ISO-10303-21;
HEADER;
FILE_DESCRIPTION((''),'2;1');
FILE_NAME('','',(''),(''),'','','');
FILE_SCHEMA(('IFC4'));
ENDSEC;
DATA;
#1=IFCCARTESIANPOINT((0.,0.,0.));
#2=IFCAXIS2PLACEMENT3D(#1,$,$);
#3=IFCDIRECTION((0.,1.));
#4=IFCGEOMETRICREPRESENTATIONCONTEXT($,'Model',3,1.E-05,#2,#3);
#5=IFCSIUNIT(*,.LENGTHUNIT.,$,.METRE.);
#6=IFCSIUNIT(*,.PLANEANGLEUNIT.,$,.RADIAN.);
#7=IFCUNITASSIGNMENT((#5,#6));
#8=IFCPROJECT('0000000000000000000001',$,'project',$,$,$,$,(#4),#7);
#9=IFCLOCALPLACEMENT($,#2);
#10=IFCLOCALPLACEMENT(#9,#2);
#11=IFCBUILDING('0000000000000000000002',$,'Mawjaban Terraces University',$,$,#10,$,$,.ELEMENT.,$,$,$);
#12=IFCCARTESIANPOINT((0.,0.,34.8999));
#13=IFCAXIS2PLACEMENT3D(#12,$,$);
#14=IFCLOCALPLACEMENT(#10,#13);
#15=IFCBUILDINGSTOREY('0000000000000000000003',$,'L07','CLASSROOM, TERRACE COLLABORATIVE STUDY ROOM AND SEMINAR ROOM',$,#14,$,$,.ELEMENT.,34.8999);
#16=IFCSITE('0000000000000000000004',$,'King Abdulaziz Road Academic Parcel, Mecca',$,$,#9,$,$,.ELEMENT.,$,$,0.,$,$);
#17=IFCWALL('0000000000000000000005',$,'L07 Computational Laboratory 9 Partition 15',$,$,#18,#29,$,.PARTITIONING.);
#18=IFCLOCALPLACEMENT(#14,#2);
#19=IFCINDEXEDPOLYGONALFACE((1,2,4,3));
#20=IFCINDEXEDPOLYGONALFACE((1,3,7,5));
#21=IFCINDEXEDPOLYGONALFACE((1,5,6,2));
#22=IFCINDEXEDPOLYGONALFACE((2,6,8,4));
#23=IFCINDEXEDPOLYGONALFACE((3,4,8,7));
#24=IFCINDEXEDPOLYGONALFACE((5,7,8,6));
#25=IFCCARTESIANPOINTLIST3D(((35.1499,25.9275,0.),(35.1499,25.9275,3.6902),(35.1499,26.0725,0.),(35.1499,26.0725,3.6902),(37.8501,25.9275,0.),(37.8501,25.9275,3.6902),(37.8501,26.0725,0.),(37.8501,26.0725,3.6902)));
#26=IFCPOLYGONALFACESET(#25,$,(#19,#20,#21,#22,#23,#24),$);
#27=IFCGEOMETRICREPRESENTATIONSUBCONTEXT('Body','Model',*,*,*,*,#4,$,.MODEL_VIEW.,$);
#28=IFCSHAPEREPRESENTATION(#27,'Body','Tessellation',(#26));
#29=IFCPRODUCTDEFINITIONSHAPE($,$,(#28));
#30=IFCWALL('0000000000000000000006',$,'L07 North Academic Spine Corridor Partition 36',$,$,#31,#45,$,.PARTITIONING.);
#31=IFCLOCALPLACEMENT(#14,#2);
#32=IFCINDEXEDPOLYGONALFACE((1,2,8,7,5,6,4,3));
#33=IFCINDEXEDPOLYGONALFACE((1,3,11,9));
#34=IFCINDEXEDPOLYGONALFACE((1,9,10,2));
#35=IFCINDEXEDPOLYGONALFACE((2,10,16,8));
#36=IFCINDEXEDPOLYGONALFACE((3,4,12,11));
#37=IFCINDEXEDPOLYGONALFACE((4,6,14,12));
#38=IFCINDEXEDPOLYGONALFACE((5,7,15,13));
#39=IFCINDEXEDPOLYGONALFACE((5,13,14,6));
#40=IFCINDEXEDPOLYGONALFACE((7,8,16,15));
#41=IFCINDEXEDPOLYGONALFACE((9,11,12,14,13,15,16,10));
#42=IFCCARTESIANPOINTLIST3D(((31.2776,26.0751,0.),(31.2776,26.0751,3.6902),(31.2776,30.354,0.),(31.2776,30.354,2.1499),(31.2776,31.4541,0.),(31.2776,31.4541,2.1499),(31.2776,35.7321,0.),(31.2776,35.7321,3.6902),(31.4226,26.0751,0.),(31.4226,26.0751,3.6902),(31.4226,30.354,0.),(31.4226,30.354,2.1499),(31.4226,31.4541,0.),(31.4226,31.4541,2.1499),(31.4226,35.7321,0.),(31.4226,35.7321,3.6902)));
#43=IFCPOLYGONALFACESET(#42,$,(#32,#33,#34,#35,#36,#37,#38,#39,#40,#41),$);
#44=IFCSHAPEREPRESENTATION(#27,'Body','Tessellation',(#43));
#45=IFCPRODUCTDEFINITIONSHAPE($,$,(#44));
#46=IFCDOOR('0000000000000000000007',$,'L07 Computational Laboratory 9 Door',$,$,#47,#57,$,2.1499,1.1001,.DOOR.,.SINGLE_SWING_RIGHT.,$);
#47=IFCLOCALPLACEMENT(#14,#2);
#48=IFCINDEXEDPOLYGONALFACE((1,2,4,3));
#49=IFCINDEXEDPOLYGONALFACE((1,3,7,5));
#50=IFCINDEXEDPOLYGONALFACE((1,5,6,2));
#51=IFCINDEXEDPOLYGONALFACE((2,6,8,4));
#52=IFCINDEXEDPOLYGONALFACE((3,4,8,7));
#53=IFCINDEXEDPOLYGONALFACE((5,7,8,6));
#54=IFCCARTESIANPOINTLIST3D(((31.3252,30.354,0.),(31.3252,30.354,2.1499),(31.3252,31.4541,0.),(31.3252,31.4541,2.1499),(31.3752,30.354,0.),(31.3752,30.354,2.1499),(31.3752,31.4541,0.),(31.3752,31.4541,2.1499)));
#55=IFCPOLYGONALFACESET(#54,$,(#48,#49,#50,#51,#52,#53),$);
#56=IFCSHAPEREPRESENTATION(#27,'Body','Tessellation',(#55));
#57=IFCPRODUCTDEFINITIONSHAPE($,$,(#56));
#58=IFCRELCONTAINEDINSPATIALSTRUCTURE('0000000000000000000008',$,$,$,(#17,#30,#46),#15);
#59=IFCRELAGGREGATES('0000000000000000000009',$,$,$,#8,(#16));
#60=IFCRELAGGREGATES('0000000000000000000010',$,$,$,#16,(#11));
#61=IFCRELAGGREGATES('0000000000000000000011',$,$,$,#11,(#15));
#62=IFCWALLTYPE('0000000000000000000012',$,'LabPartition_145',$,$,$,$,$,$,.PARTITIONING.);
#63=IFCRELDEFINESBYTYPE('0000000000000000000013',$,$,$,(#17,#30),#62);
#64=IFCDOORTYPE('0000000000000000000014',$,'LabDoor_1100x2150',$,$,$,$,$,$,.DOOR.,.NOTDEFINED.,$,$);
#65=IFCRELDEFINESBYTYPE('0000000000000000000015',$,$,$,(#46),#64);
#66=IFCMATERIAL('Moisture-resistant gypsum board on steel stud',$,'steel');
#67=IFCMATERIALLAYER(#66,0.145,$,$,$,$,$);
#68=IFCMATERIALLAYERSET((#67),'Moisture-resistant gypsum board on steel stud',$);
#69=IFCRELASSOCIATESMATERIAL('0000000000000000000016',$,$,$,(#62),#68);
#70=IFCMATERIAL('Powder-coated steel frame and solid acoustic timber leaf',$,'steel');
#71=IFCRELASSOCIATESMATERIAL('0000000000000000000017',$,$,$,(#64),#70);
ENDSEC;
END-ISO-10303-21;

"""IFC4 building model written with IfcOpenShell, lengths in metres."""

from ifc_helpers import new_model, si_unit, direction, frame, frame_2d, origin, place, context, subcontext, project, spatial, rectangle, extrude, material, layer, layer_set, type_object, element, fill, save


model = new_model("IFC4")

# Units and contexts
model_context = context("Model", 3, precision=1e-05, world=origin(), true_north=direction((0.0, 1.0)))
body_context = subcontext(model_context, "Body", "Model", "MODEL_VIEW")
ifc_project = project(units=[si_unit("LENGTHUNIT", "METRE"), si_unit("PLANEANGLEUNIT", "RADIAN")], contexts=[model_context])

# Site, building, storey
site_placement = place(None, origin())
site = spatial("IfcSite", under=ifc_project, at=site_placement, Name="King Abdulaziz Road Academic Parcel, Mecca", CompositionType="ELEMENT", RefElevation=0.0)
building_placement = place(site_placement, origin())
building = spatial("IfcBuilding", under=site, at=building_placement, Name="Mawjaban Terraces University", CompositionType="ELEMENT")
storey_placement = place(building_placement, frame((0.0, 0.0, 34.8999)))
storey = spatial("IfcBuildingStorey", under=building, at=storey_placement, Name="L07", Description="CLASSROOM, TERRACE COLLABORATIVE STUDY ROOM AND SEMINAR ROOM", CompositionType="ELEMENT", Elevation=34.8999)

# Shared definitions
ifc_material_1 = material(Name="Powder-coated steel frame and solid acoustic timber leaf", Category="steel")

# Wall
ifc_material_2 = material(Name="Moisture-resistant gypsum board on steel stud", Category="steel")
ifc_layer_1 = layer(ifc_material_2, 0.145)
ifc_layer_set_1 = layer_set([ifc_layer_1], Name="Moisture-resistant gypsum board on steel stud")
wall_type_1 = type_object("IfcWallType", Name="LabPartition_145", PredefinedType="PARTITIONING", material=ifc_layer_set_1)
wall_1_placement = place(storey_placement, frame((35.1499, 26.0, 0.0), z_axis=(0.0, 0.0, 1.0), x_axis=(1.0, 0.0, 0.0)))
element("IfcWall", 1, at=wall_1_placement, inside=storey, type_object=wall_type_1, Name="L07 Computational Laboratory 9 Partition 15", PredefinedType="PARTITIONING", context=body_context, shape_type="SweptSolid", body=[
    extrude(rectangle(XDim=2.7002, YDim=0.145, at=frame_2d((1.3501, 0.0))), origin(), (0.0, 0.0, 1.0), 3.6902),
])

# Wall, opening, door
wall_2_placement = place(storey_placement, frame((31.3501, 26.075, 0.0), z_axis=(0.0, 0.0, 1.0), x_axis=(0.0, 1.0, 0.0)))
wall_2 = element("IfcWall", 2, at=wall_2_placement, inside=storey, type_object=wall_type_1, Name="L07 North Academic Spine Corridor Partition 36", PredefinedType="PARTITIONING", context=body_context, shape_type="SweptSolid", body=[
    extrude(rectangle(XDim=9.657, YDim=0.145, at=frame_2d((4.8286, 0.0))), origin(), (0.0, 0.0, 1.0), 3.6902),
])
opening_1_placement = place(wall_2_placement, frame((4.2791, 0.0, 0.0)))
opening_1 = element("IfcOpeningElement", 3, at=opening_1_placement, cuts=wall_2, PredefinedType="OPENING", context=body_context, shape_type="SweptSolid", body=[
    extrude(rectangle(XDim=1.1001, YDim=2.1499, at=frame_2d((0.55, 1.075))), frame((0.0, 0.0825, 0.0), z_axis=(0.0, -1.0, 0.0), x_axis=(1.0, 0.0, 0.0)), (0.0, 0.0, 1.0), 0.165),
])
door_type_1 = type_object("IfcDoorType", Name="LabDoor_1100x2150", OperationType="NOTDEFINED", PredefinedType="DOOR", material=ifc_material_1)
door_1_placement = place(opening_1_placement, origin())
door_1 = element("IfcDoor", 4, at=door_1_placement, inside=storey, type_object=door_type_1, Name="L07 Computational Laboratory 9 Door", OperationType="SINGLE_SWING_RIGHT", OverallHeight=2.1499, OverallWidth=1.1001, PredefinedType="DOOR", context=body_context, shape_type="SweptSolid", body=[
    extrude(rectangle(XDim=1.1001, YDim=2.1499, at=frame_2d((0.55, 1.075))), frame((0.0, 0.0249, 0.0), z_axis=(0.0, -1.0, 0.0), x_axis=(1.0, 0.0, 0.0)), (0.0, 0.0, 1.0), 0.05),
])
fill(opening_1, door_1)

save(model, "model.ifc")
